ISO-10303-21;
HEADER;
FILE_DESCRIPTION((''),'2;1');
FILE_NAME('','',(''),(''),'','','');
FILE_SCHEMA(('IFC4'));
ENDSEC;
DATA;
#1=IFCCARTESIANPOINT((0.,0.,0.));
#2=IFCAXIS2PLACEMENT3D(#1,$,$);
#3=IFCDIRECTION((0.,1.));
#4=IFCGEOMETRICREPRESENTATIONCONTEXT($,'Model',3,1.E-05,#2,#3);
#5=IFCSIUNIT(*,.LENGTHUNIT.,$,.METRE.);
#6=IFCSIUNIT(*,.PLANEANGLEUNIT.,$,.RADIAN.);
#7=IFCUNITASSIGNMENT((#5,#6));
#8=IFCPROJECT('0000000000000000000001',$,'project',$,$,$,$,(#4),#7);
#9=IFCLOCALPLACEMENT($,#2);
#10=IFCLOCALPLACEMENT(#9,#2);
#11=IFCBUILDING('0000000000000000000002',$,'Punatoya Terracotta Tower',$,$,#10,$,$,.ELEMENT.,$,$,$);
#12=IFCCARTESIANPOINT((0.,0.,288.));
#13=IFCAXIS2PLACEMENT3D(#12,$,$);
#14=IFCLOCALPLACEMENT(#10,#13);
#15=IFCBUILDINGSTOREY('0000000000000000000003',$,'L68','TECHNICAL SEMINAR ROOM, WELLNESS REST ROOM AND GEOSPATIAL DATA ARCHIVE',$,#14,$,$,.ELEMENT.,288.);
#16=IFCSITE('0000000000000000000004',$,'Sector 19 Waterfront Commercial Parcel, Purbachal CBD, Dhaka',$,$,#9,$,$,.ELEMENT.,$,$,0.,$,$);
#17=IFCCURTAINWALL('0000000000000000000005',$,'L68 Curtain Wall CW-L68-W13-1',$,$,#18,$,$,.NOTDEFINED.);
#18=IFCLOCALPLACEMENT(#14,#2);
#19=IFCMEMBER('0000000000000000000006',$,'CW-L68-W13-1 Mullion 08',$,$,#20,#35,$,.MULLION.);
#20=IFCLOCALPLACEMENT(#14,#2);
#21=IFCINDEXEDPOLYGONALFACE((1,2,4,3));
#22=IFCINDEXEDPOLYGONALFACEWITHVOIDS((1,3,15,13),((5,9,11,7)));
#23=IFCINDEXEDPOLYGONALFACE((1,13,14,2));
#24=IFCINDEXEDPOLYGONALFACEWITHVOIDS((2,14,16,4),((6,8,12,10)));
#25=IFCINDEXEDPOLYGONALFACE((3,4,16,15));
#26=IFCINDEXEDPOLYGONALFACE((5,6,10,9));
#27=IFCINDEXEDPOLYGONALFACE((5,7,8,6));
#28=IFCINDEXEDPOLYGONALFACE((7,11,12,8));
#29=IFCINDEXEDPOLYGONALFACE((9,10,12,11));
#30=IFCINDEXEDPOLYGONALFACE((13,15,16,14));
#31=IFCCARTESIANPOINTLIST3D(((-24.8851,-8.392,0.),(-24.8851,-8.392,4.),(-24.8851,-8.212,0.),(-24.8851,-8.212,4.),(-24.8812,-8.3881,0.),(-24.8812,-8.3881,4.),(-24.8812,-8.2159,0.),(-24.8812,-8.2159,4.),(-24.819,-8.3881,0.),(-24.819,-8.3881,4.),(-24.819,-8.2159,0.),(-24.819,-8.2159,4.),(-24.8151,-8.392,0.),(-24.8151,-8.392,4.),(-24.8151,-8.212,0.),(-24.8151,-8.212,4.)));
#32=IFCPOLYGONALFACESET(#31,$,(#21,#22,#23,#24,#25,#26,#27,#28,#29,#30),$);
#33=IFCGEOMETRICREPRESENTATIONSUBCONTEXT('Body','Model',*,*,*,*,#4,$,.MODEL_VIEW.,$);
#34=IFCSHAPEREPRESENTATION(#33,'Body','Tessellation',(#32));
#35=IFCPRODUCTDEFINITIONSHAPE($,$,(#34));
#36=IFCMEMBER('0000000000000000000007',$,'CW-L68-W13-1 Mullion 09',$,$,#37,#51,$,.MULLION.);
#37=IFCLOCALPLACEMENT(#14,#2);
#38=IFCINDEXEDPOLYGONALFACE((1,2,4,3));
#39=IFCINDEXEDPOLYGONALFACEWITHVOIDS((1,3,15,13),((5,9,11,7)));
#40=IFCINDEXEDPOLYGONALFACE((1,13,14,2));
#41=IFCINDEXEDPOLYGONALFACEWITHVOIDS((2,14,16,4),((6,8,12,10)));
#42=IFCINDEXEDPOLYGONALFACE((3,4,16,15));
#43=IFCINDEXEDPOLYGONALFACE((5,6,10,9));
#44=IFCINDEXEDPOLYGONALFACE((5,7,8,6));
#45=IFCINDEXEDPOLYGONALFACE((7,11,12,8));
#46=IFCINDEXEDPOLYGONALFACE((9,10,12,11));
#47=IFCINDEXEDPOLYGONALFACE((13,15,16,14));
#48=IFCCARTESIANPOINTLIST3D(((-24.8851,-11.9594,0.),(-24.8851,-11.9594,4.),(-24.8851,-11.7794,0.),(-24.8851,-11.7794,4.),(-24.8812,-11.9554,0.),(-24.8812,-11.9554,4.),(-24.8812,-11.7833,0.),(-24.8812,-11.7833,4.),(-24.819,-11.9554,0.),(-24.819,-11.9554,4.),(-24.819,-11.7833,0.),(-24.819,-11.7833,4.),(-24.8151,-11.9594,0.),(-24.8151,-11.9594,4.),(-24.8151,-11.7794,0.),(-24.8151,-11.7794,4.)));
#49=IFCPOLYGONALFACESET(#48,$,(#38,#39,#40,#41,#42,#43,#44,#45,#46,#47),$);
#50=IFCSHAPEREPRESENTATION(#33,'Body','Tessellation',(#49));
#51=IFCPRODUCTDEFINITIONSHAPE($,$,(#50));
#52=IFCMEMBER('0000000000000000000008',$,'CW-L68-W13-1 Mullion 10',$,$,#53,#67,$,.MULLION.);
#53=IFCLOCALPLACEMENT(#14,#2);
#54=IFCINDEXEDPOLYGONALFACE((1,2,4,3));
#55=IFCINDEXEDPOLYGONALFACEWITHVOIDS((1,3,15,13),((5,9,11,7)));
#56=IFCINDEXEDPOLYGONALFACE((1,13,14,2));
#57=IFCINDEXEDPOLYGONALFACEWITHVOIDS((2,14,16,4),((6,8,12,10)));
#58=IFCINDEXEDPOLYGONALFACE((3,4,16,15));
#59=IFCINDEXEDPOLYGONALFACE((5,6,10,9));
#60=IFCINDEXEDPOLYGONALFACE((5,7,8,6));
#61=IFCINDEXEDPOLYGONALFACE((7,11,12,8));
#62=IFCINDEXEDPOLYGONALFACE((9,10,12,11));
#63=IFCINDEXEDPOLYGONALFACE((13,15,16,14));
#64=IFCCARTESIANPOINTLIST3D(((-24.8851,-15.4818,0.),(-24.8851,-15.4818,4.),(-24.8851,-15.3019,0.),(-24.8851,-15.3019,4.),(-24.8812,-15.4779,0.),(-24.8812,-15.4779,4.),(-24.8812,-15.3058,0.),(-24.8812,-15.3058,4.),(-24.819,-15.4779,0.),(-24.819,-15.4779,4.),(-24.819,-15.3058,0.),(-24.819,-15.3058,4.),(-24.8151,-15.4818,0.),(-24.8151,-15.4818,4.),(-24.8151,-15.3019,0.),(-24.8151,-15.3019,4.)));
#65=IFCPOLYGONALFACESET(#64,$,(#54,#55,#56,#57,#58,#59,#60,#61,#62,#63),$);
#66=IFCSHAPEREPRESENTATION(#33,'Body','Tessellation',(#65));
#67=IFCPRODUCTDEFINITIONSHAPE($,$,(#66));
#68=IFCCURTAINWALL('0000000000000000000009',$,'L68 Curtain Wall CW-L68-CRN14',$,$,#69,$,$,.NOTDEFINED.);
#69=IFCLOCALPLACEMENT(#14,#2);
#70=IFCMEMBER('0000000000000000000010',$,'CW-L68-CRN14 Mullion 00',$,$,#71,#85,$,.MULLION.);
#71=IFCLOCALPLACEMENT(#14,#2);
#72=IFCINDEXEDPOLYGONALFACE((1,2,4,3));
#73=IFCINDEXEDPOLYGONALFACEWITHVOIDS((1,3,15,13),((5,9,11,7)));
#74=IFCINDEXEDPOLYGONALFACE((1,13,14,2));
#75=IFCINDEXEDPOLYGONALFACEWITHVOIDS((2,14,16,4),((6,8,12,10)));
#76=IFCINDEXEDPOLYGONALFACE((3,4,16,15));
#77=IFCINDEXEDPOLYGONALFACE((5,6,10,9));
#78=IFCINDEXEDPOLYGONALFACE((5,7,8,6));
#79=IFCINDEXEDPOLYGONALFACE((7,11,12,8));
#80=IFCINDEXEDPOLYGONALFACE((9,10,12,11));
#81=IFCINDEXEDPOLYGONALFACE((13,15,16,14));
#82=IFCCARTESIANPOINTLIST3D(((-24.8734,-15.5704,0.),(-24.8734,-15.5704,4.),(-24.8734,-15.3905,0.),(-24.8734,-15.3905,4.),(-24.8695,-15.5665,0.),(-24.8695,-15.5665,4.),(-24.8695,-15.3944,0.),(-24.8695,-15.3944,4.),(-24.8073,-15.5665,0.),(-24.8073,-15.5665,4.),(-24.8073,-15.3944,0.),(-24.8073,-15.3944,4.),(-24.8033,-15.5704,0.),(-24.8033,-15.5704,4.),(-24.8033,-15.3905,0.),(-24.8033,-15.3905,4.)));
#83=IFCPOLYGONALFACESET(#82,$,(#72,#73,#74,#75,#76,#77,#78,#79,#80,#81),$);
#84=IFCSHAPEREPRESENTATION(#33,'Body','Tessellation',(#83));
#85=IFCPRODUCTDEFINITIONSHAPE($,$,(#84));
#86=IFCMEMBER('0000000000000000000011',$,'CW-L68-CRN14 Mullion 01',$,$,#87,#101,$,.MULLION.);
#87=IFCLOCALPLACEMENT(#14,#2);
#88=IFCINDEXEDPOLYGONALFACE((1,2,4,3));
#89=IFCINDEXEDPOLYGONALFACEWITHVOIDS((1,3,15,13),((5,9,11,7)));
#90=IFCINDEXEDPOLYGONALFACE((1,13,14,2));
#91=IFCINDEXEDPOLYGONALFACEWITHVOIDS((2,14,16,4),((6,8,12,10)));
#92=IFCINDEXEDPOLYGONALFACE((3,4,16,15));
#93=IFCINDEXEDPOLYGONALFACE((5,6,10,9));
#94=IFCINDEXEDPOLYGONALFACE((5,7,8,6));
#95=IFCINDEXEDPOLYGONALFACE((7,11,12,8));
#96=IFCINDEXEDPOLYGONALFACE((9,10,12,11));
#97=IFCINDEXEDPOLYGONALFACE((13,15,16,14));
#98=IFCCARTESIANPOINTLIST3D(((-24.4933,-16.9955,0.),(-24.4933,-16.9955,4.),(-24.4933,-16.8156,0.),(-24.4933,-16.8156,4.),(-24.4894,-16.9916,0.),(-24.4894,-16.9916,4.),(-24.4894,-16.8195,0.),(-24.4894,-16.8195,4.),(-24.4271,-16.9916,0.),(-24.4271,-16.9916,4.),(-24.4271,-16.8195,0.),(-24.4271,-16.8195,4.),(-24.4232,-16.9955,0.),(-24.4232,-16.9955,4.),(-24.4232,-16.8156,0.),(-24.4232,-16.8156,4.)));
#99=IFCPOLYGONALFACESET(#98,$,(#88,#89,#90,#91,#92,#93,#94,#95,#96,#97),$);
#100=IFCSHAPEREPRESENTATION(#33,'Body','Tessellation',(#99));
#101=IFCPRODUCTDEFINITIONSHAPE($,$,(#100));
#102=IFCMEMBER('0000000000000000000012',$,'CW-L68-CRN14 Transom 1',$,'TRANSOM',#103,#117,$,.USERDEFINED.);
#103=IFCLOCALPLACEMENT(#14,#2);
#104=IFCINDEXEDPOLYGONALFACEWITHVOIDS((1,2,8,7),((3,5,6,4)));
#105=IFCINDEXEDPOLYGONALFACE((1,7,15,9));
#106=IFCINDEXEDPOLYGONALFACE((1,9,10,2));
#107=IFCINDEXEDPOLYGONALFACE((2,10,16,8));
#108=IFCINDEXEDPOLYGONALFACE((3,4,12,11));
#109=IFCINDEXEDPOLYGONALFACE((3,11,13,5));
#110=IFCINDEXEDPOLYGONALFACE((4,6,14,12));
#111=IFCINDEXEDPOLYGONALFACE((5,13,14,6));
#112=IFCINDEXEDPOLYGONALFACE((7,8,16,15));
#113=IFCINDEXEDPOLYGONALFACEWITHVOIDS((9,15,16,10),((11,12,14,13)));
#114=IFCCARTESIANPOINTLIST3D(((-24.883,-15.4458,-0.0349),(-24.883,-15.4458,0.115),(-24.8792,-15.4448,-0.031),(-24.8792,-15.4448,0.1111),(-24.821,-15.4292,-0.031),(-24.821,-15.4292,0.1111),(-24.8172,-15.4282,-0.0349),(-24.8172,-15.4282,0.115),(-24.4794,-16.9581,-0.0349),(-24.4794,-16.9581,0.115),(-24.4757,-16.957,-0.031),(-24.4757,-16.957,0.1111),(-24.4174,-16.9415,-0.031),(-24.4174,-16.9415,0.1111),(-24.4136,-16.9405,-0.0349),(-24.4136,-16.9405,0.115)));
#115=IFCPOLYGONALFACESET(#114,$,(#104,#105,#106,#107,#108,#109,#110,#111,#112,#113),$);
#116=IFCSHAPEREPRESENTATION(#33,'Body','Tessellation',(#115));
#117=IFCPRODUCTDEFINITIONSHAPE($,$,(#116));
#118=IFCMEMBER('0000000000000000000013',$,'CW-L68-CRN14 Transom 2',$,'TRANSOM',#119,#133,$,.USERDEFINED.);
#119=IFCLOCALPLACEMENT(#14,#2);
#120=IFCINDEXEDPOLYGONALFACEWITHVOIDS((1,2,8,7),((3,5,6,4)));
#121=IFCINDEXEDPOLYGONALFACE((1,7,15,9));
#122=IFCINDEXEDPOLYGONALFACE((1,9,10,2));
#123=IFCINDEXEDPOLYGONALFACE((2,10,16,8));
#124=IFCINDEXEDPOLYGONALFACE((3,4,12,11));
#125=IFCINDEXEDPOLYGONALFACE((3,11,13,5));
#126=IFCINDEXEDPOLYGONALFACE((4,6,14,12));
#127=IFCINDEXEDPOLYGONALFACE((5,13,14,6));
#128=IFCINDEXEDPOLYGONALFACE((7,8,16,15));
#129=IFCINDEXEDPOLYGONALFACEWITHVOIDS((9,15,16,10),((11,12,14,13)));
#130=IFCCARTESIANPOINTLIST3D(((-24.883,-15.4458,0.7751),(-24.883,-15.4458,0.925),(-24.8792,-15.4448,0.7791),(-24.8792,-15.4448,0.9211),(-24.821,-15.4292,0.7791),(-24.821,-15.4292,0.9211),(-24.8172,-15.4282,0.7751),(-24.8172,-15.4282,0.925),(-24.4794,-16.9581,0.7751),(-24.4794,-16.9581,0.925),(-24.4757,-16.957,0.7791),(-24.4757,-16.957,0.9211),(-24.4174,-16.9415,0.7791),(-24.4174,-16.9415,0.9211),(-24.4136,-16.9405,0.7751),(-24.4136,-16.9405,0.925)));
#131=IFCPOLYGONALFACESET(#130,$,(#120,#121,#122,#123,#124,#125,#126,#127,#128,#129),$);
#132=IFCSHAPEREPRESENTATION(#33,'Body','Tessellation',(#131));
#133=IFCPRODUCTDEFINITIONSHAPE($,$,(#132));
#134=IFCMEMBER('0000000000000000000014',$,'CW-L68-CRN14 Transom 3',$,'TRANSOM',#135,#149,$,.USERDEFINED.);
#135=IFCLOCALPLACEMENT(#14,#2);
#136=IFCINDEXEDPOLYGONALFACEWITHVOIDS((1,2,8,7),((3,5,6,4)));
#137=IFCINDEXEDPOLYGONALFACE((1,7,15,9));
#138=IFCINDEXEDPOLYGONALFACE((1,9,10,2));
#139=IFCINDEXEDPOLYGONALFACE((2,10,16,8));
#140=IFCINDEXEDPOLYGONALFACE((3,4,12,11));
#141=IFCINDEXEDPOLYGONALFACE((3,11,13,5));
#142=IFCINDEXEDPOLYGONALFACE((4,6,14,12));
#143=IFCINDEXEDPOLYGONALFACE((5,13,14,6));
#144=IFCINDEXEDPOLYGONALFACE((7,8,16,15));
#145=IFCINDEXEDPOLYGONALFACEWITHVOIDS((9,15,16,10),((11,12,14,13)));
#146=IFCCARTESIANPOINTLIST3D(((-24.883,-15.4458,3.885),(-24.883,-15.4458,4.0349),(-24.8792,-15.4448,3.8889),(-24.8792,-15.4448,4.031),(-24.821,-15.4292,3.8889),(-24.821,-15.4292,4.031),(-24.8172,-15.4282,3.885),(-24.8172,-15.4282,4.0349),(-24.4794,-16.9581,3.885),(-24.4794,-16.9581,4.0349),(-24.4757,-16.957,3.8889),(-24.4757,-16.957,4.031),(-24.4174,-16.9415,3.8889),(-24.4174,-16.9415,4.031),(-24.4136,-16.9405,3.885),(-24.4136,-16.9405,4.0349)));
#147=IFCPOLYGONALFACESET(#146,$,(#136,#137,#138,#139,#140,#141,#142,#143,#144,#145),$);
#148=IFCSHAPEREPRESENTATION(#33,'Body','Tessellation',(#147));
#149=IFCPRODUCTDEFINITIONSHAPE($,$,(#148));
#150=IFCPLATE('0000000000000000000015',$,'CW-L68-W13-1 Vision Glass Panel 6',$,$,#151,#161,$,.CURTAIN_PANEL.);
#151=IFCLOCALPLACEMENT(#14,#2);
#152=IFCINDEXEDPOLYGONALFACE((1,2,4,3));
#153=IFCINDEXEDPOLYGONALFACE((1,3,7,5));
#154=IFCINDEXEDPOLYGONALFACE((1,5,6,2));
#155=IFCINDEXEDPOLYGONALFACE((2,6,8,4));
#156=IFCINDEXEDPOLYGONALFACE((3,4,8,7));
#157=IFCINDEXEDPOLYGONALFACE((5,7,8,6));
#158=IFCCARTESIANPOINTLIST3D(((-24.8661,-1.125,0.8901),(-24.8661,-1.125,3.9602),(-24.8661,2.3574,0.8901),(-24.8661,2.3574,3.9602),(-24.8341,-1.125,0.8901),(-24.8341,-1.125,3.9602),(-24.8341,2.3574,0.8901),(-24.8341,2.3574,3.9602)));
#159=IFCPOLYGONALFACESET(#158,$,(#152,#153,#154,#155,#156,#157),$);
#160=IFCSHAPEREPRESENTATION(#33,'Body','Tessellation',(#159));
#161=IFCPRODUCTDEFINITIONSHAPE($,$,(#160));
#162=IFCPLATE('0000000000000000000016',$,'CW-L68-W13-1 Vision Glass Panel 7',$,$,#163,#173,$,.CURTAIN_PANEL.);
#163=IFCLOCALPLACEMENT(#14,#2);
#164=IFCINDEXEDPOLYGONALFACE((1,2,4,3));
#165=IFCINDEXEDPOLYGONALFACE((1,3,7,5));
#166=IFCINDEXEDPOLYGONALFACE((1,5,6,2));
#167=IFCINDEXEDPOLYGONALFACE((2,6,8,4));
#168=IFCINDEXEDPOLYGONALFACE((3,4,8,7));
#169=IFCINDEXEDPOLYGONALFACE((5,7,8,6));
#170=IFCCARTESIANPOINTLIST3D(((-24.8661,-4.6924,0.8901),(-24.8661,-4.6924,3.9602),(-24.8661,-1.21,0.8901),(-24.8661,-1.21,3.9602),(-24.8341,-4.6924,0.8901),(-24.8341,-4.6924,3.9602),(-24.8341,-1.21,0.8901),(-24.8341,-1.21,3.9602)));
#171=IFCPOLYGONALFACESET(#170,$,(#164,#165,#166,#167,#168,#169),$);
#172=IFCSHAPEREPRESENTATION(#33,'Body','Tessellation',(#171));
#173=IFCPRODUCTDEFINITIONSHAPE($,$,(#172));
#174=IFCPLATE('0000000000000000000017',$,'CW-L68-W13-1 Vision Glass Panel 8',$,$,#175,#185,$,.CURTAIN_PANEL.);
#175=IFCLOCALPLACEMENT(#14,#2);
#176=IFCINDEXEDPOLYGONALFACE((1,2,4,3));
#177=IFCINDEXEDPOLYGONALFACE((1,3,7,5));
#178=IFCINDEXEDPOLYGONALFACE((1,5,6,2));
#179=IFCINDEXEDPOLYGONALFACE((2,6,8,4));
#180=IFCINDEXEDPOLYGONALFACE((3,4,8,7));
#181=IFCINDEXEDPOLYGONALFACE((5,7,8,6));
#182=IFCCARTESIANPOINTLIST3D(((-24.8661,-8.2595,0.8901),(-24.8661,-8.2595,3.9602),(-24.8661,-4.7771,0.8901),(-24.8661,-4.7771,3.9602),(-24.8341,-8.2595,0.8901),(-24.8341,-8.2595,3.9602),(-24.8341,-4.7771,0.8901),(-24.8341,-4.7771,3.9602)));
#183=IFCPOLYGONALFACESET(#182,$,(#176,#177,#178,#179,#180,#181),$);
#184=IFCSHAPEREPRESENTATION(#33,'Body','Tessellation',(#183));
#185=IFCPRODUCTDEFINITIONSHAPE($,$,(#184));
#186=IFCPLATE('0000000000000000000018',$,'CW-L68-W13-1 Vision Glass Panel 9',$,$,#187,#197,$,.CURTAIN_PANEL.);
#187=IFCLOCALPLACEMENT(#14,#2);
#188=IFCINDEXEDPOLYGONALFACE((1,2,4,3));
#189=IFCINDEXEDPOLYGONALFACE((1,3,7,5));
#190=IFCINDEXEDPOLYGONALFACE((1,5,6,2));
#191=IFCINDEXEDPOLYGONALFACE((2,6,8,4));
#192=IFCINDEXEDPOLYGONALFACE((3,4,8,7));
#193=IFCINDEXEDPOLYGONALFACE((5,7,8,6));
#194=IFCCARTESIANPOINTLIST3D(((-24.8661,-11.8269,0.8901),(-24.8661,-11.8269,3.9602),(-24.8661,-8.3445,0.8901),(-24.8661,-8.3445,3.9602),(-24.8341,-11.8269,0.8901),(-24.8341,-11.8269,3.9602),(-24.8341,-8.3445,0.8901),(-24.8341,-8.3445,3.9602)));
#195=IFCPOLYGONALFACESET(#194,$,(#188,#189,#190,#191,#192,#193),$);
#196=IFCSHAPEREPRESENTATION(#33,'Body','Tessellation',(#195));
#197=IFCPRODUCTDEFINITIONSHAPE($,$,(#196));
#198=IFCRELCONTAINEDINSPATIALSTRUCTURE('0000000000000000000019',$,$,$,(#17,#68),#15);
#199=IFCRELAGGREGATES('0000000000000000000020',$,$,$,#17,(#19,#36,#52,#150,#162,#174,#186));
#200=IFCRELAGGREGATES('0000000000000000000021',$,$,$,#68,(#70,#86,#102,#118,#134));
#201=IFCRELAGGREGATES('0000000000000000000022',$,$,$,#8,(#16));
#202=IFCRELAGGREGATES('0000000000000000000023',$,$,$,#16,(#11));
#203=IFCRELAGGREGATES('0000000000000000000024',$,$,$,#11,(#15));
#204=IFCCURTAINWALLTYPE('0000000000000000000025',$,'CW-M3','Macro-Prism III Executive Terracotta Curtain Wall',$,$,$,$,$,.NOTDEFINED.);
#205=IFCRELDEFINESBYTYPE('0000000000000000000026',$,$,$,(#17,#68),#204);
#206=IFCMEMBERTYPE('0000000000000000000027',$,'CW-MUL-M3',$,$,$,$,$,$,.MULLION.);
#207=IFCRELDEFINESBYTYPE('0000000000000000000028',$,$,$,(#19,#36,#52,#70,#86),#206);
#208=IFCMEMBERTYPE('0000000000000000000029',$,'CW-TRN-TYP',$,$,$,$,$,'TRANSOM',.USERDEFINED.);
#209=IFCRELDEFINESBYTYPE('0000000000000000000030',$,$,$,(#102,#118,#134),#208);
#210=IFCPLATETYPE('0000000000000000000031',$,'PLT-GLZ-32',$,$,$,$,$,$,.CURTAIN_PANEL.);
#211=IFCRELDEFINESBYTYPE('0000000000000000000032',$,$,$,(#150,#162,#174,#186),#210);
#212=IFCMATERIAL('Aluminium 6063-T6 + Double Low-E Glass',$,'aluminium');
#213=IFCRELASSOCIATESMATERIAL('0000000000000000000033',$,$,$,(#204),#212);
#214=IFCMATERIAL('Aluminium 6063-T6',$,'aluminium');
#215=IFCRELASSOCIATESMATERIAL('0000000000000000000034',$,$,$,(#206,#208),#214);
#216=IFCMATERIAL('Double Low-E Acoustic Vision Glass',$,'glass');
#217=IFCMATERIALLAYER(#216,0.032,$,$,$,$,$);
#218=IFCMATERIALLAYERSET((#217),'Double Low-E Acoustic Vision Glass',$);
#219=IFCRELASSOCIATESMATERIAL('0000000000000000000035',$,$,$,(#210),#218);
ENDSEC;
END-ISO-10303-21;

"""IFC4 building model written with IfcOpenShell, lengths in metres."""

from ifc_helpers import new_model, si_unit, direction, frame, origin, origin_2d, place, context, subcontext, project, spatial, rectangle, hollow_rectangle, extrude, material, layer, layer_set, material_profile, profile_set, type_object, element, aggregate, save


model = new_model("IFC4")

# Units and contexts
model_context = context("Model", 3, precision=1e-05, world=origin(), true_north=direction((0.0, 1.0)))
body_context = subcontext(model_context, "Body", "Model", "MODEL_VIEW")
ifc_project = project(units=[si_unit("LENGTHUNIT", "METRE"), si_unit("PLANEANGLEUNIT", "RADIAN")], contexts=[model_context])

# Site, building, storey
site_placement = place(None, origin())
site = spatial("IfcSite", under=ifc_project, at=site_placement, Name="Sector 19 Waterfront Commercial Parcel, Purbachal CBD, Dhaka", CompositionType="ELEMENT", RefElevation=0.0)
building_placement = place(site_placement, origin())
building = spatial("IfcBuilding", under=site, at=building_placement, Name="Punatoya Terracotta Tower", CompositionType="ELEMENT")
storey_placement = place(building_placement, frame((0.0, 0.0, 288.0)))
storey = spatial("IfcBuildingStorey", under=building, at=storey_placement, Name="L68", Description="TECHNICAL SEMINAR ROOM, WELLNESS REST ROOM AND GEOSPATIAL DATA ARCHIVE", CompositionType="ELEMENT", Elevation=288.0)

# Curtain walls, members
ifc_material_1 = material(Name="Aluminium 6063-T6 + Double Low-E Glass", Category="aluminium")
curtain_wall_type = type_object("IfcCurtainWallType", Name="CW-M3", Description="Macro-Prism III Executive Terracotta Curtain Wall", PredefinedType="NOTDEFINED", material=ifc_material_1)
curtain_wall_1_placement = place(storey_placement, origin())
curtain_wall_1 = element("IfcCurtainWall", 1, at=curtain_wall_1_placement, inside=storey, type_object=curtain_wall_type, Name="L68 Curtain Wall CW-L68-W13-1", PredefinedType="NOTDEFINED")
ifc_material_2 = material(Name="Aluminium 6063-T6", Category="aluminium")
ifc_material_profile_1 = material_profile(ifc_material_2, hollow_rectangle(XDim=0.0701, YDim=0.1799, WallThickness=0.0039, at=origin_2d()))
ifc_profile_set_1 = profile_set([ifc_material_profile_1], Name="Aluminium 6063-T6")
member_type_1 = type_object("IfcMemberType", Name="CW-MUL-M3", PredefinedType="MULLION", material=ifc_profile_set_1)
member_1_placement = place(storey_placement, frame((-24.8501, -8.302, 0.0), z_axis=(0.0, 0.0, 1.0), x_axis=(1.0, 0.0, 0.0)))
member_1 = element("IfcMember", 2, at=member_1_placement, type_object=member_type_1, Name="CW-L68-W13-1 Mullion 08", PredefinedType="MULLION", context=body_context, shape_type="SweptSolid", body=[
    extrude(hollow_rectangle(XDim=0.0701, YDim=0.1799, WallThickness=0.0039, at=origin_2d()), origin(), (0.0, 0.0, 1.0), 4.0),
])
member_2_placement = place(storey_placement, frame((-24.8501, -11.8694, 0.0), z_axis=(0.0, 0.0, 1.0), x_axis=(1.0, 0.0, 0.0)))
member_2 = element("IfcMember", 3, at=member_2_placement, type_object=member_type_1, Name="CW-L68-W13-1 Mullion 09", PredefinedType="MULLION", context=body_context, shape_type="SweptSolid", body=[
    extrude(hollow_rectangle(XDim=0.0701, YDim=0.1799, WallThickness=0.0039, at=origin_2d()), origin(), (0.0, 0.0, 1.0), 4.0),
])
member_3_placement = place(storey_placement, frame((-24.8501, -15.3918, 0.0), z_axis=(0.0, 0.0, 1.0), x_axis=(1.0, 0.0, 0.0)))
member_3 = element("IfcMember", 4, at=member_3_placement, type_object=member_type_1, Name="CW-L68-W13-1 Mullion 10", PredefinedType="MULLION", context=body_context, shape_type="SweptSolid", body=[
    extrude(hollow_rectangle(XDim=0.0701, YDim=0.1799, WallThickness=0.0039, at=origin_2d()), origin(), (0.0, 0.0, 1.0), 4.0),
])
curtain_wall_2_placement = place(storey_placement, origin())
curtain_wall_2 = element("IfcCurtainWall", 5, at=curtain_wall_2_placement, inside=storey, type_object=curtain_wall_type, Name="L68 Curtain Wall CW-L68-CRN14", PredefinedType="NOTDEFINED")
member_4_placement = place(storey_placement, frame((-24.8384, -15.4805, 0.0), z_axis=(0.0, 0.0, 1.0), x_axis=(1.0, 0.0, 0.0)))
member_4 = element("IfcMember", 6, at=member_4_placement, type_object=member_type_1, Name="CW-L68-CRN14 Mullion 00", PredefinedType="MULLION", context=body_context, shape_type="SweptSolid", body=[
    extrude(hollow_rectangle(XDim=0.0701, YDim=0.1799, WallThickness=0.0039, at=origin_2d()), origin(), (0.0, 0.0, 1.0), 4.0),
])
member_5_placement = place(storey_placement, frame((-24.4583, -16.9055, 0.0), z_axis=(0.0, 0.0, 1.0), x_axis=(1.0, 0.0, 0.0)))
member_5 = element("IfcMember", 7, at=member_5_placement, type_object=member_type_1, Name="CW-L68-CRN14 Mullion 01", PredefinedType="MULLION", context=body_context, shape_type="SweptSolid", body=[
    extrude(hollow_rectangle(XDim=0.0701, YDim=0.1799, WallThickness=0.0039, at=origin_2d()), origin(), (0.0, 0.0, 1.0), 4.0),
])
ifc_material_profile_2 = material_profile(ifc_material_2, hollow_rectangle(XDim=0.0681, YDim=0.1499, WallThickness=0.0039, at=origin_2d()))
ifc_profile_set_2 = profile_set([ifc_material_profile_2], Name="Aluminium 6063-T6")
member_type_2 = type_object("IfcMemberType", Name="CW-TRN-TYP", ElementType="TRANSOM", PredefinedType="USERDEFINED", material=ifc_profile_set_2)
member_6_placement = place(storey_placement, frame((-24.8501, -15.437, 0.04), z_axis=(0.257847, -0.966186, 0.0), x_axis=(0.966186, 0.257847, 0.0)))
member_6 = element("IfcMember", 8, at=member_6_placement, type_object=member_type_2, Name="CW-L68-CRN14 Transom 1", ObjectType="TRANSOM", PredefinedType="USERDEFINED", context=body_context, shape_type="SweptSolid", body=[
    extrude(hollow_rectangle(XDim=0.0681, YDim=0.1499, WallThickness=0.0039, at=origin_2d()), origin(), (0.0, 0.0, 1.0), 1.5652),
])
member_7_placement = place(storey_placement, frame((-24.8501, -15.437, 0.8501), z_axis=(0.257847, -0.966186, 0.0), x_axis=(0.966186, 0.257847, 0.0)))
member_7 = element("IfcMember", 9, at=member_7_placement, type_object=member_type_2, Name="CW-L68-CRN14 Transom 2", ObjectType="TRANSOM", PredefinedType="USERDEFINED", context=body_context, shape_type="SweptSolid", body=[
    extrude(hollow_rectangle(XDim=0.0681, YDim=0.1499, WallThickness=0.0039, at=origin_2d()), origin(), (0.0, 0.0, 1.0), 1.5652),
])
member_8_placement = place(storey_placement, frame((-24.8501, -15.437, 3.96), z_axis=(0.257847, -0.966186, 0.0), x_axis=(0.966186, 0.257847, 0.0)))
member_8 = element("IfcMember", 10, at=member_8_placement, type_object=member_type_2, Name="CW-L68-CRN14 Transom 3", ObjectType="TRANSOM", PredefinedType="USERDEFINED", context=body_context, shape_type="SweptSolid", body=[
    extrude(hollow_rectangle(XDim=0.0681, YDim=0.1499, WallThickness=0.0039, at=origin_2d()), origin(), (0.0, 0.0, 1.0), 1.5652),
])

# Plates
ifc_material_3 = material(Name="Double Low-E Acoustic Vision Glass", Category="glass")
ifc_layer_1 = layer(ifc_material_3, 0.032)
ifc_layer_set_1 = layer_set([ifc_layer_1], Name="Double Low-E Acoustic Vision Glass")
plate_type_1 = type_object("IfcPlateType", Name="PLT-GLZ-32", PredefinedType="CURTAIN_PANEL", material=ifc_layer_set_1)
plate_1_placement = place(storey_placement, frame((-24.8501, 0.6162, 0.8901), z_axis=(0.0, 0.0, 1.0), x_axis=(0.0, -1.0, 0.0)))
plate_1 = element("IfcPlate", 11, at=plate_1_placement, type_object=plate_type_1, Name="CW-L68-W13-1 Vision Glass Panel 6", PredefinedType="CURTAIN_PANEL", context=body_context, shape_type="SweptSolid", body=[
    extrude(rectangle(XDim=3.4824, YDim=0.032, at=origin_2d()), origin(), (0.0, 0.0, 1.0), 3.0701),
])
plate_2_placement = place(storey_placement, frame((-24.8501, -2.9512, 0.8901), z_axis=(0.0, 0.0, 1.0), x_axis=(0.0, -1.0, 0.0)))
plate_2 = element("IfcPlate", 12, at=plate_2_placement, type_object=plate_type_1, Name="CW-L68-W13-1 Vision Glass Panel 7", PredefinedType="CURTAIN_PANEL", context=body_context, shape_type="SweptSolid", body=[
    extrude(rectangle(XDim=3.4824, YDim=0.032, at=origin_2d()), origin(), (0.0, 0.0, 1.0), 3.0701),
])
plate_3_placement = place(storey_placement, frame((-24.8501, -6.5183, 0.8901), z_axis=(0.0, 0.0, 1.0), x_axis=(0.0, -1.0, 0.0)))
plate_3 = element("IfcPlate", 13, at=plate_3_placement, type_object=plate_type_1, Name="CW-L68-W13-1 Vision Glass Panel 8", PredefinedType="CURTAIN_PANEL", context=body_context, shape_type="SweptSolid", body=[
    extrude(rectangle(XDim=3.4824, YDim=0.032, at=origin_2d()), origin(), (0.0, 0.0, 1.0), 3.0701),
])
plate_4_placement = place(storey_placement, frame((-24.8501, -10.0857, 0.8901), z_axis=(0.0, 0.0, 1.0), x_axis=(0.0, -1.0, 0.0)))
plate_4 = element("IfcPlate", 14, at=plate_4_placement, type_object=plate_type_1, Name="CW-L68-W13-1 Vision Glass Panel 9", PredefinedType="CURTAIN_PANEL", context=body_context, shape_type="SweptSolid", body=[
    extrude(rectangle(XDim=3.4824, YDim=0.032, at=origin_2d()), origin(), (0.0, 0.0, 1.0), 3.0701),
])
aggregate(curtain_wall_1, [member_1, member_2, member_3, plate_1, plate_2, plate_3, plate_4])
aggregate(curtain_wall_2, [member_4, member_5, member_6, member_7, member_8])

save(model, "model.ifc")
